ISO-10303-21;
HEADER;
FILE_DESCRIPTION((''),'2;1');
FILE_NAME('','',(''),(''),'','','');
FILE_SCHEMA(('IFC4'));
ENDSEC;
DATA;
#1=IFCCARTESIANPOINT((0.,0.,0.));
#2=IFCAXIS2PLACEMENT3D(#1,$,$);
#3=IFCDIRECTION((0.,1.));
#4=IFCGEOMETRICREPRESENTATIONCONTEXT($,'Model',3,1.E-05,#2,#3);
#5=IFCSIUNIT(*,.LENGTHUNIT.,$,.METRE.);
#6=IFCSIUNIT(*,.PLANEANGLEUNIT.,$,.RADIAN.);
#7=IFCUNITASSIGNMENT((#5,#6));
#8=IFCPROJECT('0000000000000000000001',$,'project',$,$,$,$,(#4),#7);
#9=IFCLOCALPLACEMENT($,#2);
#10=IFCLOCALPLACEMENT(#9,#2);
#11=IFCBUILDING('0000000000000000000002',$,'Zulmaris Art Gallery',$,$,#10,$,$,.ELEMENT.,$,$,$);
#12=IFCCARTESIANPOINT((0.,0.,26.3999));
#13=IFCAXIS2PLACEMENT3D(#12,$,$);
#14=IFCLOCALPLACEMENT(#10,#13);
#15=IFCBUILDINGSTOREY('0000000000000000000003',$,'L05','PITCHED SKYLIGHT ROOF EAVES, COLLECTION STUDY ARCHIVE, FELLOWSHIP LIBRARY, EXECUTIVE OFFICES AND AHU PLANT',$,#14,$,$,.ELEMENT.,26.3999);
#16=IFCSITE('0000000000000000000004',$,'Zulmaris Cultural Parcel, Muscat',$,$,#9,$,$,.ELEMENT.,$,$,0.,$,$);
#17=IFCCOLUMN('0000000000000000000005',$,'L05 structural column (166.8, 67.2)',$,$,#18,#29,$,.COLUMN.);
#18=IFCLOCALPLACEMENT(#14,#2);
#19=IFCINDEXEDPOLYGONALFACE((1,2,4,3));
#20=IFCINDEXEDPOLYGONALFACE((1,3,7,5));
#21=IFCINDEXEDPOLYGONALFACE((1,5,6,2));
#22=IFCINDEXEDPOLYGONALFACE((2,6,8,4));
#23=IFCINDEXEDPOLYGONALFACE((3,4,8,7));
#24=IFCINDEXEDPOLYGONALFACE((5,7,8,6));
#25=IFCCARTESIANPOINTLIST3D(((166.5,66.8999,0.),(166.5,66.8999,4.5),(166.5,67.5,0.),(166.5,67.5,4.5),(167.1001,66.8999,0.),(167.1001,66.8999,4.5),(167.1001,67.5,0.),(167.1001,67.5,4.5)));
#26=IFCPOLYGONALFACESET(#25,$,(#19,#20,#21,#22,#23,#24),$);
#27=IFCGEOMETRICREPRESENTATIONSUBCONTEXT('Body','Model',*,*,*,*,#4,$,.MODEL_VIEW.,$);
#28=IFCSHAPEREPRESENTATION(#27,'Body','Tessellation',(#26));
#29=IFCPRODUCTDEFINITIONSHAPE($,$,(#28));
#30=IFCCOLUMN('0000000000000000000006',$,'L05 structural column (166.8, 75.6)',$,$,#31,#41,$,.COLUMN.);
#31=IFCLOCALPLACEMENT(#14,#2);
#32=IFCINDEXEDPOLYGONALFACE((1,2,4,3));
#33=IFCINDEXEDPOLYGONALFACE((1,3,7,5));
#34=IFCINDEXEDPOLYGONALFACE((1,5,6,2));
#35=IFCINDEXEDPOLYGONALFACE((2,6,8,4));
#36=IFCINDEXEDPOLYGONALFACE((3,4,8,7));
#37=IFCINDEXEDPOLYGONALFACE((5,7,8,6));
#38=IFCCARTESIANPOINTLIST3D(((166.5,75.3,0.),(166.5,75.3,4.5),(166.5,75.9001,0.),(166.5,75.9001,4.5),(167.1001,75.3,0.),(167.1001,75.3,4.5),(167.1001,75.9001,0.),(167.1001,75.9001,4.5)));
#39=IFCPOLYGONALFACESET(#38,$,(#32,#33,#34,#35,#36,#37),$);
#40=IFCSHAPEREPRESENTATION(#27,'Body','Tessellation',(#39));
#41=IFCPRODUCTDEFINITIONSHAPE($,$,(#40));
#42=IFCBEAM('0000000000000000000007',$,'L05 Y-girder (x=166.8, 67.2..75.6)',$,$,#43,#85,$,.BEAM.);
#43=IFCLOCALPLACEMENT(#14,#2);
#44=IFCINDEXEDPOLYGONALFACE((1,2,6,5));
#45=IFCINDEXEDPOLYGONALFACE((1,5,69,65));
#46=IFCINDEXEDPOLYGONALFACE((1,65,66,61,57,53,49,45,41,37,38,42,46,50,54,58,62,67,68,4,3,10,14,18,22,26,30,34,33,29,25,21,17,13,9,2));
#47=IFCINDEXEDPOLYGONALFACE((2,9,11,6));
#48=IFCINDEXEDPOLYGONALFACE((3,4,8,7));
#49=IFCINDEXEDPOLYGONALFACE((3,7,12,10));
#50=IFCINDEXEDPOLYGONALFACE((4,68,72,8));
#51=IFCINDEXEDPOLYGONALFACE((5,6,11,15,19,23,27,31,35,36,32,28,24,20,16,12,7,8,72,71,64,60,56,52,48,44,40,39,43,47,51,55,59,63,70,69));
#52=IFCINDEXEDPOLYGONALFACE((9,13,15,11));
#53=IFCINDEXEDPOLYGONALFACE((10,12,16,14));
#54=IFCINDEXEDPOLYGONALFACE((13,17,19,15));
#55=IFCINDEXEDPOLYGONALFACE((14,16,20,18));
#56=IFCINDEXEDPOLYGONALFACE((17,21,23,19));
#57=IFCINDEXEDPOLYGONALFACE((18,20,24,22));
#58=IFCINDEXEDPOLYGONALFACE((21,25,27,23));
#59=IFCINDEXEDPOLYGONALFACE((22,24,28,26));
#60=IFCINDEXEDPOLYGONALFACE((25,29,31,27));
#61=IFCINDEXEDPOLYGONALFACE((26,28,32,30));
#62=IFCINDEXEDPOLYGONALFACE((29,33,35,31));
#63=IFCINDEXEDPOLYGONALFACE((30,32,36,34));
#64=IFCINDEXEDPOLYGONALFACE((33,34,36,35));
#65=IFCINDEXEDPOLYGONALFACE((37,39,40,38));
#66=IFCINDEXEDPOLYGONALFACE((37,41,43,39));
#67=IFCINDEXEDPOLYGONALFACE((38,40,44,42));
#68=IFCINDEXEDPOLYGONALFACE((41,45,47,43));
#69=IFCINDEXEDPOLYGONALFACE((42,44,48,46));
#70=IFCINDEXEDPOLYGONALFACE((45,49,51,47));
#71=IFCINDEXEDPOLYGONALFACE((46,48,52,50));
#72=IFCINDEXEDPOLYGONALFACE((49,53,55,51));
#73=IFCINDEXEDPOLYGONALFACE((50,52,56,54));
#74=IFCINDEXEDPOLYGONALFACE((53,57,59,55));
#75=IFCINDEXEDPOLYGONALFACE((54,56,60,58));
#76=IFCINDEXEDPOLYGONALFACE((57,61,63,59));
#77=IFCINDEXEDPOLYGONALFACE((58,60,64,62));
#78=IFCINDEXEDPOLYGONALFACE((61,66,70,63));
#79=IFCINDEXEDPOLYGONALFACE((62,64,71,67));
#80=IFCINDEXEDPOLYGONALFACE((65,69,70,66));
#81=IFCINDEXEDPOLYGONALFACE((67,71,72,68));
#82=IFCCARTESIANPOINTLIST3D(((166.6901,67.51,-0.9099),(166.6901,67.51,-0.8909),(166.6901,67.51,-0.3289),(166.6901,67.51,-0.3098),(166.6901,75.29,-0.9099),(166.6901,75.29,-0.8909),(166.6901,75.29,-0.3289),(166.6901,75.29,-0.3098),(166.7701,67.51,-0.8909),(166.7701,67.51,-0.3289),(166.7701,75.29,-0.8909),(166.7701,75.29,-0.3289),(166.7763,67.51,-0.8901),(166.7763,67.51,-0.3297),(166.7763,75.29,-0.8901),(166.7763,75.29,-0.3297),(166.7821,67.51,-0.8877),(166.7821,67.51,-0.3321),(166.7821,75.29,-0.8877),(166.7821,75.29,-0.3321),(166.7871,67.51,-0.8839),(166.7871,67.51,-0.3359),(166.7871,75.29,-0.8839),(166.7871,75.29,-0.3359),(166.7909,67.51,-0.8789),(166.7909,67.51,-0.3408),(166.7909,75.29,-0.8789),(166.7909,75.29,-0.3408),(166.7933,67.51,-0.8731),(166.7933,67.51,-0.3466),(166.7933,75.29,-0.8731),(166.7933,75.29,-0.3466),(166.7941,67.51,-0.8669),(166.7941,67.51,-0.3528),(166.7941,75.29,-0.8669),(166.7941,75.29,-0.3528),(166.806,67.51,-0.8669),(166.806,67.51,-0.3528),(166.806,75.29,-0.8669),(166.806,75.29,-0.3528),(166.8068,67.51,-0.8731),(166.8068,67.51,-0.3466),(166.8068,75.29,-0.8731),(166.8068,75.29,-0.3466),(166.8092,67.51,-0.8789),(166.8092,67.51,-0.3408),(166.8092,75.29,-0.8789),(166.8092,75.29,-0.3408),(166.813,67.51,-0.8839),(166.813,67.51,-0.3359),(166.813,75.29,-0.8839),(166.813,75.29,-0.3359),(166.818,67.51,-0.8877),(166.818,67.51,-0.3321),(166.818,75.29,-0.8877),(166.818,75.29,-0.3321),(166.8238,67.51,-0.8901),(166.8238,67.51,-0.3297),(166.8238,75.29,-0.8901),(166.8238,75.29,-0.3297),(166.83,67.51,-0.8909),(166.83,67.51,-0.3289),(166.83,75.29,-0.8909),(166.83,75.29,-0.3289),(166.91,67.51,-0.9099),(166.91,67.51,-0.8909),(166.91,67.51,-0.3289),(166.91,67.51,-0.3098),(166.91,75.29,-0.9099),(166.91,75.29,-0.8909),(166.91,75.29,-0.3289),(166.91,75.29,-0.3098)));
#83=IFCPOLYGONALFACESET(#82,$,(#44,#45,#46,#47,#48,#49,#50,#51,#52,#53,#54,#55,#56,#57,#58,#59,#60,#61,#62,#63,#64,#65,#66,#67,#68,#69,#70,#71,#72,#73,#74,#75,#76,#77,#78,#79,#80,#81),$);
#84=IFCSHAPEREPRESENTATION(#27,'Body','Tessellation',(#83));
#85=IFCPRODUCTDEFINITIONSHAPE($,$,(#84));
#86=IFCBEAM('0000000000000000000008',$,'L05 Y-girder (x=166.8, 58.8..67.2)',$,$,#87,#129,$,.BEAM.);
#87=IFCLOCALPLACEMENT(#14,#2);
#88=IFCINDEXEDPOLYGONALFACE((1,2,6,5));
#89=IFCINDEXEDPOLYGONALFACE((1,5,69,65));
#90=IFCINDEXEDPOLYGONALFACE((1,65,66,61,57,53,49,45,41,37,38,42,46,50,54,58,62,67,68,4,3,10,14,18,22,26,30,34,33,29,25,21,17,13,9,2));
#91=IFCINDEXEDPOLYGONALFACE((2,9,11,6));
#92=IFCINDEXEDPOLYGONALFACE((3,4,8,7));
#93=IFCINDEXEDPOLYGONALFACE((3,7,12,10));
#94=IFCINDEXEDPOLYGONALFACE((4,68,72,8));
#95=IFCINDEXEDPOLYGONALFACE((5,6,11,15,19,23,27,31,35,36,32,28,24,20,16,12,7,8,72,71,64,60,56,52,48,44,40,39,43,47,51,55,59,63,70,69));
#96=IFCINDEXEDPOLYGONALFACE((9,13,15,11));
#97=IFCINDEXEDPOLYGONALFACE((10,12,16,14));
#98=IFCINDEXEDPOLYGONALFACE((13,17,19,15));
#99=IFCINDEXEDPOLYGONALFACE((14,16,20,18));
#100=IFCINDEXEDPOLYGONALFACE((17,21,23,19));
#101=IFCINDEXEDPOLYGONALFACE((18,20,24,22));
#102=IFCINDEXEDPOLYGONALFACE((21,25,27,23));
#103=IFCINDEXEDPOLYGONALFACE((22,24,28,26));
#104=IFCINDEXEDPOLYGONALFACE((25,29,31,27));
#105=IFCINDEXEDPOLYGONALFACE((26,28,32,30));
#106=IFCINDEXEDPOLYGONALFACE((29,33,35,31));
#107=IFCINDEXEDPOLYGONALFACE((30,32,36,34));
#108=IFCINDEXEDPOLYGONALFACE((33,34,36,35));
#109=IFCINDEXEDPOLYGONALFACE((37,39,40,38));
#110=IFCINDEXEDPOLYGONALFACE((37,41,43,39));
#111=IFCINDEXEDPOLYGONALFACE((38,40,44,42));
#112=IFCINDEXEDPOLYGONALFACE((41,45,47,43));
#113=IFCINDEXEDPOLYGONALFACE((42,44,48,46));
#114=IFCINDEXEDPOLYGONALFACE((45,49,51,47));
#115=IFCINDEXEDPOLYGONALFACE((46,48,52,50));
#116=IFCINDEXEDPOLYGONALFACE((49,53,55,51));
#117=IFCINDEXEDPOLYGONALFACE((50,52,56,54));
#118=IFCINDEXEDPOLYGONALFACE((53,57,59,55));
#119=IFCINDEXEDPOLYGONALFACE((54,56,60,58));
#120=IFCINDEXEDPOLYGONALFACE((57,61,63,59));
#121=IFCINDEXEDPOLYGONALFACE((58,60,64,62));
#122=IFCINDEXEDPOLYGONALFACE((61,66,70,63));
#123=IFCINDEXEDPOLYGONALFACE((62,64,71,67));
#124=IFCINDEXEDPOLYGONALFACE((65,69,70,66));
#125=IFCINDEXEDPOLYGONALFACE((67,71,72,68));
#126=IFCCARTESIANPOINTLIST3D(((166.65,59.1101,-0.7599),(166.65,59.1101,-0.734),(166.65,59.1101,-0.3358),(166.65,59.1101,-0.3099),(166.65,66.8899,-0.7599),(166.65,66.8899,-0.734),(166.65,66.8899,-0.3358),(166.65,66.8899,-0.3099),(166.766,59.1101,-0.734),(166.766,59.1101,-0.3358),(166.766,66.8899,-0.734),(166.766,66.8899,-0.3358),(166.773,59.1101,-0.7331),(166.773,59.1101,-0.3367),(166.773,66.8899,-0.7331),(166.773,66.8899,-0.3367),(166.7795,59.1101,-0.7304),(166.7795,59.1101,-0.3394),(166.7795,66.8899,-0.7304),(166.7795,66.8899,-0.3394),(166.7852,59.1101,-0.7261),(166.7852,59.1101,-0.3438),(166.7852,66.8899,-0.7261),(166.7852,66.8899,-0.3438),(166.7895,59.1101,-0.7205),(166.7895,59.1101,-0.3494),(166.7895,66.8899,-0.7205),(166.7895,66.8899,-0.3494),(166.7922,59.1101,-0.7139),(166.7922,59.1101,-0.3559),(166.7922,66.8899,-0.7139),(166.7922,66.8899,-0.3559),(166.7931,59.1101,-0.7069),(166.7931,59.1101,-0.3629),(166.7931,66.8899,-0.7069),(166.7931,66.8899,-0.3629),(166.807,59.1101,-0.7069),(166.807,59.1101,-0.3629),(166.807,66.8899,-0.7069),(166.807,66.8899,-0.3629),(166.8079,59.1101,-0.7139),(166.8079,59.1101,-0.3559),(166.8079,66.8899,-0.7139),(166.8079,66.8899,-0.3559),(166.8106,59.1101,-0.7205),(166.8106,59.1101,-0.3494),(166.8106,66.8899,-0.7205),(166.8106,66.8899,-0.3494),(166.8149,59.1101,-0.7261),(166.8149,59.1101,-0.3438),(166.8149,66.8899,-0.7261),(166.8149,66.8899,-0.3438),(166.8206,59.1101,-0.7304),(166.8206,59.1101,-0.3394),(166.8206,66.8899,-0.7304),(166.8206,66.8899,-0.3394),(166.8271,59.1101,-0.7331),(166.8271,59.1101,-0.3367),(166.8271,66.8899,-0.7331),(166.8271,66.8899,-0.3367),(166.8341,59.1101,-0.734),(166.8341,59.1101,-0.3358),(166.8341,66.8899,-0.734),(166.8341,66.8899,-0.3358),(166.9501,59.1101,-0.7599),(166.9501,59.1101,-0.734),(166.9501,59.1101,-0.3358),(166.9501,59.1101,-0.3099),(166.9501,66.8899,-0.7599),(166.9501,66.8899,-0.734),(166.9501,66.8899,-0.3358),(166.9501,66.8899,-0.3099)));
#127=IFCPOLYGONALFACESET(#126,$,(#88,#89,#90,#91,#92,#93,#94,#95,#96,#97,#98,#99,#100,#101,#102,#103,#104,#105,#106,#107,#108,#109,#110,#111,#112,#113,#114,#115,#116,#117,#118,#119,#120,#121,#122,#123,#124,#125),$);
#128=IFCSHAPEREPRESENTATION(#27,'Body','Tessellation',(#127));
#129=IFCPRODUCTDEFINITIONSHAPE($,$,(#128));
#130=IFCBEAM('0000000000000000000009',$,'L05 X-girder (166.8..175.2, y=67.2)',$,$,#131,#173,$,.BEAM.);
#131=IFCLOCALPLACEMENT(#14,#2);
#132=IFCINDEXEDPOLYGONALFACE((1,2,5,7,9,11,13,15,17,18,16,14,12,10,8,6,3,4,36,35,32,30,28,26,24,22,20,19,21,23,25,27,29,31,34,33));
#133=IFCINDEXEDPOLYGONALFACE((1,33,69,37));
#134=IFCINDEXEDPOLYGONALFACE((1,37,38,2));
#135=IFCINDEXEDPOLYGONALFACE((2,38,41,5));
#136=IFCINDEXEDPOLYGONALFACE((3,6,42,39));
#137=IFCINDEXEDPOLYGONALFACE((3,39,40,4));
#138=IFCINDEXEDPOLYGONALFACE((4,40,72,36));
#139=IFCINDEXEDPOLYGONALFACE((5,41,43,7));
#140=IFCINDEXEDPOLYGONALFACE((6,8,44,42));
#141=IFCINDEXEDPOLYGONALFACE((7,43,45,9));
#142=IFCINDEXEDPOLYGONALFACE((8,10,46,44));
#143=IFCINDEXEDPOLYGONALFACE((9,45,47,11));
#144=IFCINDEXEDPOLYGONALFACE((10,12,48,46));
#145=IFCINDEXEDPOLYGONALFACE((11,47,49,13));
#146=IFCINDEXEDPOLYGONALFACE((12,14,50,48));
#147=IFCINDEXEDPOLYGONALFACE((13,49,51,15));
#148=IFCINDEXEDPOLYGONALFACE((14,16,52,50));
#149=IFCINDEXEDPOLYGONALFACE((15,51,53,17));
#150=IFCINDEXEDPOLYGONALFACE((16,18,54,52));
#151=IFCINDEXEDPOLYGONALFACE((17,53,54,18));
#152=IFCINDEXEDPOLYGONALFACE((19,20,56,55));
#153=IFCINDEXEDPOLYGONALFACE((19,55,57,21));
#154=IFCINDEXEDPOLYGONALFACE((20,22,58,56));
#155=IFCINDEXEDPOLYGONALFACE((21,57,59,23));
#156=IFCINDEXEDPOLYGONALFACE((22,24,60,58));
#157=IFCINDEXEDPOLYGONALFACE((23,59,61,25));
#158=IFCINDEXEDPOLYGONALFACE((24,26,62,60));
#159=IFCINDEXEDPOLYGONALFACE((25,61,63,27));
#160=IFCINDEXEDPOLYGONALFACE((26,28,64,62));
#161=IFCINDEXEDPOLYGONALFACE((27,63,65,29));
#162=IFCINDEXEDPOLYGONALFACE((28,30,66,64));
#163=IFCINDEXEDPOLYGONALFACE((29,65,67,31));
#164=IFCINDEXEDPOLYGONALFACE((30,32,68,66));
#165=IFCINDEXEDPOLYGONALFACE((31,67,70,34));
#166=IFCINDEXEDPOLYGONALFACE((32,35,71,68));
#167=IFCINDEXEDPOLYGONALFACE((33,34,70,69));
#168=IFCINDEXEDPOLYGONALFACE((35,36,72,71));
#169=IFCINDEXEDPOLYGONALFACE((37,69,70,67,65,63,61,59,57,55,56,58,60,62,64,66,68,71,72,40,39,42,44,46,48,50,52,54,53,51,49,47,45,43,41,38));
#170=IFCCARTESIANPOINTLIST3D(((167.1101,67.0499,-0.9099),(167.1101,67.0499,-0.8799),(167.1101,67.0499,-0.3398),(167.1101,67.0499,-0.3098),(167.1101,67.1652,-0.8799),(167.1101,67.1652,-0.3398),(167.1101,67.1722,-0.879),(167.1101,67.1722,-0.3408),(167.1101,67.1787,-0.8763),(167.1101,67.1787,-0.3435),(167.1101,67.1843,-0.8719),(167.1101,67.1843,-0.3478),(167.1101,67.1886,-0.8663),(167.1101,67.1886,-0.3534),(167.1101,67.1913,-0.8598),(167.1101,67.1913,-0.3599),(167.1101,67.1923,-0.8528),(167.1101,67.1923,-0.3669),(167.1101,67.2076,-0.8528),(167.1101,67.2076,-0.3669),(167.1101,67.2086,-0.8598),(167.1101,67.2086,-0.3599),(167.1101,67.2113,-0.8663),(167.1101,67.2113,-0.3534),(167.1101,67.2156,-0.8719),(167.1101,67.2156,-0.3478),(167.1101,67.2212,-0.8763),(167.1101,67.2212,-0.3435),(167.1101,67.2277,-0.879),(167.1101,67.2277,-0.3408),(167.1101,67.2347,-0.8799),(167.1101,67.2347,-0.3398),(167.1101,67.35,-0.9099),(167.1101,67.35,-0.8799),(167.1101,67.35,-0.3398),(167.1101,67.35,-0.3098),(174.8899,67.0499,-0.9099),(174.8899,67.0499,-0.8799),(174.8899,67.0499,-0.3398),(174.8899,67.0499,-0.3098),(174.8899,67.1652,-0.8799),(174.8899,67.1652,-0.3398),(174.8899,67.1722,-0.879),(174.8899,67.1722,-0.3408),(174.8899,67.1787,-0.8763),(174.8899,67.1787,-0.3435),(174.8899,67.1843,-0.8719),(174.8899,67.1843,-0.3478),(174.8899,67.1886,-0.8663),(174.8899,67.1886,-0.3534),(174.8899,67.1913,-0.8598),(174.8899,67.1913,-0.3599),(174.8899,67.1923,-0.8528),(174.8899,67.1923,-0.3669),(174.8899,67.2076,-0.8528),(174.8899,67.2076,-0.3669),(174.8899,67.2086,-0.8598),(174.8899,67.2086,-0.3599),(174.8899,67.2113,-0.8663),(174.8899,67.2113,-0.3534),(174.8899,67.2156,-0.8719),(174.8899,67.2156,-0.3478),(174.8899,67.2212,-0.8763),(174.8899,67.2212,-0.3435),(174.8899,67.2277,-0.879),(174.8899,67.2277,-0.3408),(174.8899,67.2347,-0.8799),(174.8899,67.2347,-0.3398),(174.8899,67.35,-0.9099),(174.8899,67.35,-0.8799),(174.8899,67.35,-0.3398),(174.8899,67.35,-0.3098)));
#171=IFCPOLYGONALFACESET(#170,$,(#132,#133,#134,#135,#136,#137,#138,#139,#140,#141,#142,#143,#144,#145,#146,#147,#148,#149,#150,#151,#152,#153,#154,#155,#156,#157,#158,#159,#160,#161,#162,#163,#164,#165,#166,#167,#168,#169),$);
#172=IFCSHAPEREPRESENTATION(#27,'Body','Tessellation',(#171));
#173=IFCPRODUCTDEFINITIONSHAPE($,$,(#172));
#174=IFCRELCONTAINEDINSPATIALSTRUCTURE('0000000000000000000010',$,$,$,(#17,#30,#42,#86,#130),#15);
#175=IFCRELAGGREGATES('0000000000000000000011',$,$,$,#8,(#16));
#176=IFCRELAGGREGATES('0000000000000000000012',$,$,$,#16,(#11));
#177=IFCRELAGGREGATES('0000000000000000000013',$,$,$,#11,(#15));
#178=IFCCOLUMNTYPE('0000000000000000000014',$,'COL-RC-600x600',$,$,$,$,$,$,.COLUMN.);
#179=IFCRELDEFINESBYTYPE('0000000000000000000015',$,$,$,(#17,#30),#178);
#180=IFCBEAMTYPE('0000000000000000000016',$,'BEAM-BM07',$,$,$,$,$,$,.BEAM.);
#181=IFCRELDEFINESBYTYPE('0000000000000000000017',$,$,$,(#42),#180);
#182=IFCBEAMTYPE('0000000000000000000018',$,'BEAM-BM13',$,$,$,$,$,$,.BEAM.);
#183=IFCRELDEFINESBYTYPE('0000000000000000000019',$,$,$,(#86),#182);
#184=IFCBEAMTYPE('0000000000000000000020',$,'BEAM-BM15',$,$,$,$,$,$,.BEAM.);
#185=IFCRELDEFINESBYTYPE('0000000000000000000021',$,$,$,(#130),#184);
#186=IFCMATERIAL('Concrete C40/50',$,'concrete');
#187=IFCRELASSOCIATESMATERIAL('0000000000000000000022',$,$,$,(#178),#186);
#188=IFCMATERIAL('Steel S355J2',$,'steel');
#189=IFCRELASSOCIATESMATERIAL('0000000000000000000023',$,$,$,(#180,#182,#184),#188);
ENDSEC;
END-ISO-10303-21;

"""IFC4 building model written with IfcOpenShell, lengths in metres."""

from ifc_helpers import new_model, si_unit, direction, frame, origin, origin_2d, place, context, subcontext, project, spatial, rectangle, i_section, extrude, material, material_profile, profile_set, type_object, element, save


model = new_model("IFC4")

# Units and contexts
model_context = context("Model", 3, precision=1e-05, world=origin(), true_north=direction((0.0, 1.0)))
body_context = subcontext(model_context, "Body", "Model", "MODEL_VIEW")
ifc_project = project(units=[si_unit("LENGTHUNIT", "METRE"), si_unit("PLANEANGLEUNIT", "RADIAN")], contexts=[model_context])

# Site, building, storey
site_placement = place(None, origin())
site = spatial("IfcSite", under=ifc_project, at=site_placement, Name="Zulmaris Cultural Parcel, Muscat", CompositionType="ELEMENT", RefElevation=0.0)
building_placement = place(site_placement, origin())
building = spatial("IfcBuilding", under=site, at=building_placement, Name="Zulmaris Art Gallery", CompositionType="ELEMENT")
storey_placement = place(building_placement, frame((0.0, 0.0, 26.3999)))
storey = spatial("IfcBuildingStorey", under=building, at=storey_placement, Name="L05", Description="PITCHED SKYLIGHT ROOF EAVES, COLLECTION STUDY ARCHIVE, FELLOWSHIP LIBRARY, EXECUTIVE OFFICES AND AHU PLANT", CompositionType="ELEMENT", Elevation=26.3999)

# Columns
ifc_material_1 = material(Name="Concrete C40/50", Category="concrete")
ifc_material_profile_1 = material_profile(ifc_material_1, rectangle(XDim=0.6001, YDim=0.6001, at=origin_2d()), Name="RC 600x600")
ifc_profile_set_1 = profile_set([ifc_material_profile_1], Name="Concrete C40/50")
column_type = type_object("IfcColumnType", Name="COL-RC-600x600", PredefinedType="COLUMN", material=ifc_profile_set_1)
for number, where, z_axis, x_axis, name in (
    (1, (166.8, 67.2, 0.0), (0.0, 0.0, 1.0), (1.0, 0.0, 0.0), "L05 structural column (166.8, 67.2)"),
    (2, (166.8, 75.6001, 0.0), (0.0, 0.0, 1.0), (1.0, 0.0, 0.0), "L05 structural column (166.8, 75.6)"),
):
    element("IfcColumn", number, at=place(storey_placement, frame(where, z_axis=z_axis, x_axis=x_axis)), inside=storey, type_object=column_type, Name=name, PredefinedType="COLUMN", context=body_context, shape_type="SweptSolid", body=[
        extrude(rectangle(XDim=0.6001, YDim=0.6001, at=origin_2d()), origin(), (0.0, 0.0, 1.0), 4.5),
    ])

# Beams
ifc_material_2 = material(Name="Steel S355J2", Category="steel")
ifc_material_profile_2 = material_profile(ifc_material_2, i_section(OverallWidth=0.22, OverallDepth=0.6001, WebThickness=0.012, FlangeThickness=0.019, FilletRadius=0.0239, at=origin_2d()), Name="IPE 600")
ifc_profile_set_2 = profile_set([ifc_material_profile_2], Name="Steel S355J2")
beam_type_1 = type_object("IfcBeamType", Name="BEAM-BM07", PredefinedType="BEAM", material=ifc_profile_set_2)
beam_1_placement = place(storey_placement, frame((166.8, 67.51, -0.6099), z_axis=(0.0, 1.0, 0.0), x_axis=(-1.0, 0.0, 0.0)))
element("IfcBeam", 3, at=beam_1_placement, inside=storey, type_object=beam_type_1, Name="L05 Y-girder (x=166.8, 67.2..75.6)", PredefinedType="BEAM", context=body_context, shape_type="SweptSolid", body=[
    extrude(i_section(OverallWidth=0.22, OverallDepth=0.6001, WebThickness=0.012, FlangeThickness=0.019, FilletRadius=0.0239, at=origin_2d()), origin(), (0.0, 0.0, 1.0), 7.78),
])
ifc_material_profile_3 = material_profile(ifc_material_2, i_section(OverallWidth=0.3, OverallDepth=0.45, WebThickness=0.0139, FlangeThickness=0.0259, FilletRadius=0.0271, at=origin_2d()), Name="HEB 450")
ifc_profile_set_3 = profile_set([ifc_material_profile_3], Name="Steel S355J2")
beam_type_2 = type_object("IfcBeamType", Name="BEAM-BM13", PredefinedType="BEAM", material=ifc_profile_set_3)
beam_2_placement = place(storey_placement, frame((166.8, 59.1101, -0.5349), z_axis=(0.0, 1.0, 0.0), x_axis=(-1.0, 0.0, 0.0)))
element("IfcBeam", 4, at=beam_2_placement, inside=storey, type_object=beam_type_2, Name="L05 Y-girder (x=166.8, 58.8..67.2)", PredefinedType="BEAM", context=body_context, shape_type="SweptSolid", body=[
    extrude(i_section(OverallWidth=0.3, OverallDepth=0.45, WebThickness=0.0139, FlangeThickness=0.0259, FilletRadius=0.0271, at=origin_2d()), origin(), (0.0, 0.0, 1.0), 7.7798),
])
ifc_material_profile_4 = material_profile(ifc_material_2, i_section(OverallWidth=0.3, OverallDepth=0.6001, WebThickness=0.0154, FlangeThickness=0.03, FilletRadius=0.0271, at=origin_2d()), Name="HEB 600")
ifc_profile_set_4 = profile_set([ifc_material_profile_4], Name="Steel S355J2")
beam_type_3 = type_object("IfcBeamType", Name="BEAM-BM15", PredefinedType="BEAM", material=ifc_profile_set_4)
beam_3_placement = place(storey_placement, frame((167.1101, 67.2, -0.6099), z_axis=(1.0, 0.0, 0.0), x_axis=(0.0, 1.0, 0.0)))
element("IfcBeam", 5, at=beam_3_placement, inside=storey, type_object=beam_type_3, Name="L05 X-girder (166.8..175.2, y=67.2)", PredefinedType="BEAM", context=body_context, shape_type="SweptSolid", body=[
    extrude(i_section(OverallWidth=0.3, OverallDepth=0.6001, WebThickness=0.0154, FlangeThickness=0.03, FilletRadius=0.0271, at=origin_2d()), origin(), (0.0, 0.0, 1.0), 7.7798),
])

save(model, "model.ifc")
